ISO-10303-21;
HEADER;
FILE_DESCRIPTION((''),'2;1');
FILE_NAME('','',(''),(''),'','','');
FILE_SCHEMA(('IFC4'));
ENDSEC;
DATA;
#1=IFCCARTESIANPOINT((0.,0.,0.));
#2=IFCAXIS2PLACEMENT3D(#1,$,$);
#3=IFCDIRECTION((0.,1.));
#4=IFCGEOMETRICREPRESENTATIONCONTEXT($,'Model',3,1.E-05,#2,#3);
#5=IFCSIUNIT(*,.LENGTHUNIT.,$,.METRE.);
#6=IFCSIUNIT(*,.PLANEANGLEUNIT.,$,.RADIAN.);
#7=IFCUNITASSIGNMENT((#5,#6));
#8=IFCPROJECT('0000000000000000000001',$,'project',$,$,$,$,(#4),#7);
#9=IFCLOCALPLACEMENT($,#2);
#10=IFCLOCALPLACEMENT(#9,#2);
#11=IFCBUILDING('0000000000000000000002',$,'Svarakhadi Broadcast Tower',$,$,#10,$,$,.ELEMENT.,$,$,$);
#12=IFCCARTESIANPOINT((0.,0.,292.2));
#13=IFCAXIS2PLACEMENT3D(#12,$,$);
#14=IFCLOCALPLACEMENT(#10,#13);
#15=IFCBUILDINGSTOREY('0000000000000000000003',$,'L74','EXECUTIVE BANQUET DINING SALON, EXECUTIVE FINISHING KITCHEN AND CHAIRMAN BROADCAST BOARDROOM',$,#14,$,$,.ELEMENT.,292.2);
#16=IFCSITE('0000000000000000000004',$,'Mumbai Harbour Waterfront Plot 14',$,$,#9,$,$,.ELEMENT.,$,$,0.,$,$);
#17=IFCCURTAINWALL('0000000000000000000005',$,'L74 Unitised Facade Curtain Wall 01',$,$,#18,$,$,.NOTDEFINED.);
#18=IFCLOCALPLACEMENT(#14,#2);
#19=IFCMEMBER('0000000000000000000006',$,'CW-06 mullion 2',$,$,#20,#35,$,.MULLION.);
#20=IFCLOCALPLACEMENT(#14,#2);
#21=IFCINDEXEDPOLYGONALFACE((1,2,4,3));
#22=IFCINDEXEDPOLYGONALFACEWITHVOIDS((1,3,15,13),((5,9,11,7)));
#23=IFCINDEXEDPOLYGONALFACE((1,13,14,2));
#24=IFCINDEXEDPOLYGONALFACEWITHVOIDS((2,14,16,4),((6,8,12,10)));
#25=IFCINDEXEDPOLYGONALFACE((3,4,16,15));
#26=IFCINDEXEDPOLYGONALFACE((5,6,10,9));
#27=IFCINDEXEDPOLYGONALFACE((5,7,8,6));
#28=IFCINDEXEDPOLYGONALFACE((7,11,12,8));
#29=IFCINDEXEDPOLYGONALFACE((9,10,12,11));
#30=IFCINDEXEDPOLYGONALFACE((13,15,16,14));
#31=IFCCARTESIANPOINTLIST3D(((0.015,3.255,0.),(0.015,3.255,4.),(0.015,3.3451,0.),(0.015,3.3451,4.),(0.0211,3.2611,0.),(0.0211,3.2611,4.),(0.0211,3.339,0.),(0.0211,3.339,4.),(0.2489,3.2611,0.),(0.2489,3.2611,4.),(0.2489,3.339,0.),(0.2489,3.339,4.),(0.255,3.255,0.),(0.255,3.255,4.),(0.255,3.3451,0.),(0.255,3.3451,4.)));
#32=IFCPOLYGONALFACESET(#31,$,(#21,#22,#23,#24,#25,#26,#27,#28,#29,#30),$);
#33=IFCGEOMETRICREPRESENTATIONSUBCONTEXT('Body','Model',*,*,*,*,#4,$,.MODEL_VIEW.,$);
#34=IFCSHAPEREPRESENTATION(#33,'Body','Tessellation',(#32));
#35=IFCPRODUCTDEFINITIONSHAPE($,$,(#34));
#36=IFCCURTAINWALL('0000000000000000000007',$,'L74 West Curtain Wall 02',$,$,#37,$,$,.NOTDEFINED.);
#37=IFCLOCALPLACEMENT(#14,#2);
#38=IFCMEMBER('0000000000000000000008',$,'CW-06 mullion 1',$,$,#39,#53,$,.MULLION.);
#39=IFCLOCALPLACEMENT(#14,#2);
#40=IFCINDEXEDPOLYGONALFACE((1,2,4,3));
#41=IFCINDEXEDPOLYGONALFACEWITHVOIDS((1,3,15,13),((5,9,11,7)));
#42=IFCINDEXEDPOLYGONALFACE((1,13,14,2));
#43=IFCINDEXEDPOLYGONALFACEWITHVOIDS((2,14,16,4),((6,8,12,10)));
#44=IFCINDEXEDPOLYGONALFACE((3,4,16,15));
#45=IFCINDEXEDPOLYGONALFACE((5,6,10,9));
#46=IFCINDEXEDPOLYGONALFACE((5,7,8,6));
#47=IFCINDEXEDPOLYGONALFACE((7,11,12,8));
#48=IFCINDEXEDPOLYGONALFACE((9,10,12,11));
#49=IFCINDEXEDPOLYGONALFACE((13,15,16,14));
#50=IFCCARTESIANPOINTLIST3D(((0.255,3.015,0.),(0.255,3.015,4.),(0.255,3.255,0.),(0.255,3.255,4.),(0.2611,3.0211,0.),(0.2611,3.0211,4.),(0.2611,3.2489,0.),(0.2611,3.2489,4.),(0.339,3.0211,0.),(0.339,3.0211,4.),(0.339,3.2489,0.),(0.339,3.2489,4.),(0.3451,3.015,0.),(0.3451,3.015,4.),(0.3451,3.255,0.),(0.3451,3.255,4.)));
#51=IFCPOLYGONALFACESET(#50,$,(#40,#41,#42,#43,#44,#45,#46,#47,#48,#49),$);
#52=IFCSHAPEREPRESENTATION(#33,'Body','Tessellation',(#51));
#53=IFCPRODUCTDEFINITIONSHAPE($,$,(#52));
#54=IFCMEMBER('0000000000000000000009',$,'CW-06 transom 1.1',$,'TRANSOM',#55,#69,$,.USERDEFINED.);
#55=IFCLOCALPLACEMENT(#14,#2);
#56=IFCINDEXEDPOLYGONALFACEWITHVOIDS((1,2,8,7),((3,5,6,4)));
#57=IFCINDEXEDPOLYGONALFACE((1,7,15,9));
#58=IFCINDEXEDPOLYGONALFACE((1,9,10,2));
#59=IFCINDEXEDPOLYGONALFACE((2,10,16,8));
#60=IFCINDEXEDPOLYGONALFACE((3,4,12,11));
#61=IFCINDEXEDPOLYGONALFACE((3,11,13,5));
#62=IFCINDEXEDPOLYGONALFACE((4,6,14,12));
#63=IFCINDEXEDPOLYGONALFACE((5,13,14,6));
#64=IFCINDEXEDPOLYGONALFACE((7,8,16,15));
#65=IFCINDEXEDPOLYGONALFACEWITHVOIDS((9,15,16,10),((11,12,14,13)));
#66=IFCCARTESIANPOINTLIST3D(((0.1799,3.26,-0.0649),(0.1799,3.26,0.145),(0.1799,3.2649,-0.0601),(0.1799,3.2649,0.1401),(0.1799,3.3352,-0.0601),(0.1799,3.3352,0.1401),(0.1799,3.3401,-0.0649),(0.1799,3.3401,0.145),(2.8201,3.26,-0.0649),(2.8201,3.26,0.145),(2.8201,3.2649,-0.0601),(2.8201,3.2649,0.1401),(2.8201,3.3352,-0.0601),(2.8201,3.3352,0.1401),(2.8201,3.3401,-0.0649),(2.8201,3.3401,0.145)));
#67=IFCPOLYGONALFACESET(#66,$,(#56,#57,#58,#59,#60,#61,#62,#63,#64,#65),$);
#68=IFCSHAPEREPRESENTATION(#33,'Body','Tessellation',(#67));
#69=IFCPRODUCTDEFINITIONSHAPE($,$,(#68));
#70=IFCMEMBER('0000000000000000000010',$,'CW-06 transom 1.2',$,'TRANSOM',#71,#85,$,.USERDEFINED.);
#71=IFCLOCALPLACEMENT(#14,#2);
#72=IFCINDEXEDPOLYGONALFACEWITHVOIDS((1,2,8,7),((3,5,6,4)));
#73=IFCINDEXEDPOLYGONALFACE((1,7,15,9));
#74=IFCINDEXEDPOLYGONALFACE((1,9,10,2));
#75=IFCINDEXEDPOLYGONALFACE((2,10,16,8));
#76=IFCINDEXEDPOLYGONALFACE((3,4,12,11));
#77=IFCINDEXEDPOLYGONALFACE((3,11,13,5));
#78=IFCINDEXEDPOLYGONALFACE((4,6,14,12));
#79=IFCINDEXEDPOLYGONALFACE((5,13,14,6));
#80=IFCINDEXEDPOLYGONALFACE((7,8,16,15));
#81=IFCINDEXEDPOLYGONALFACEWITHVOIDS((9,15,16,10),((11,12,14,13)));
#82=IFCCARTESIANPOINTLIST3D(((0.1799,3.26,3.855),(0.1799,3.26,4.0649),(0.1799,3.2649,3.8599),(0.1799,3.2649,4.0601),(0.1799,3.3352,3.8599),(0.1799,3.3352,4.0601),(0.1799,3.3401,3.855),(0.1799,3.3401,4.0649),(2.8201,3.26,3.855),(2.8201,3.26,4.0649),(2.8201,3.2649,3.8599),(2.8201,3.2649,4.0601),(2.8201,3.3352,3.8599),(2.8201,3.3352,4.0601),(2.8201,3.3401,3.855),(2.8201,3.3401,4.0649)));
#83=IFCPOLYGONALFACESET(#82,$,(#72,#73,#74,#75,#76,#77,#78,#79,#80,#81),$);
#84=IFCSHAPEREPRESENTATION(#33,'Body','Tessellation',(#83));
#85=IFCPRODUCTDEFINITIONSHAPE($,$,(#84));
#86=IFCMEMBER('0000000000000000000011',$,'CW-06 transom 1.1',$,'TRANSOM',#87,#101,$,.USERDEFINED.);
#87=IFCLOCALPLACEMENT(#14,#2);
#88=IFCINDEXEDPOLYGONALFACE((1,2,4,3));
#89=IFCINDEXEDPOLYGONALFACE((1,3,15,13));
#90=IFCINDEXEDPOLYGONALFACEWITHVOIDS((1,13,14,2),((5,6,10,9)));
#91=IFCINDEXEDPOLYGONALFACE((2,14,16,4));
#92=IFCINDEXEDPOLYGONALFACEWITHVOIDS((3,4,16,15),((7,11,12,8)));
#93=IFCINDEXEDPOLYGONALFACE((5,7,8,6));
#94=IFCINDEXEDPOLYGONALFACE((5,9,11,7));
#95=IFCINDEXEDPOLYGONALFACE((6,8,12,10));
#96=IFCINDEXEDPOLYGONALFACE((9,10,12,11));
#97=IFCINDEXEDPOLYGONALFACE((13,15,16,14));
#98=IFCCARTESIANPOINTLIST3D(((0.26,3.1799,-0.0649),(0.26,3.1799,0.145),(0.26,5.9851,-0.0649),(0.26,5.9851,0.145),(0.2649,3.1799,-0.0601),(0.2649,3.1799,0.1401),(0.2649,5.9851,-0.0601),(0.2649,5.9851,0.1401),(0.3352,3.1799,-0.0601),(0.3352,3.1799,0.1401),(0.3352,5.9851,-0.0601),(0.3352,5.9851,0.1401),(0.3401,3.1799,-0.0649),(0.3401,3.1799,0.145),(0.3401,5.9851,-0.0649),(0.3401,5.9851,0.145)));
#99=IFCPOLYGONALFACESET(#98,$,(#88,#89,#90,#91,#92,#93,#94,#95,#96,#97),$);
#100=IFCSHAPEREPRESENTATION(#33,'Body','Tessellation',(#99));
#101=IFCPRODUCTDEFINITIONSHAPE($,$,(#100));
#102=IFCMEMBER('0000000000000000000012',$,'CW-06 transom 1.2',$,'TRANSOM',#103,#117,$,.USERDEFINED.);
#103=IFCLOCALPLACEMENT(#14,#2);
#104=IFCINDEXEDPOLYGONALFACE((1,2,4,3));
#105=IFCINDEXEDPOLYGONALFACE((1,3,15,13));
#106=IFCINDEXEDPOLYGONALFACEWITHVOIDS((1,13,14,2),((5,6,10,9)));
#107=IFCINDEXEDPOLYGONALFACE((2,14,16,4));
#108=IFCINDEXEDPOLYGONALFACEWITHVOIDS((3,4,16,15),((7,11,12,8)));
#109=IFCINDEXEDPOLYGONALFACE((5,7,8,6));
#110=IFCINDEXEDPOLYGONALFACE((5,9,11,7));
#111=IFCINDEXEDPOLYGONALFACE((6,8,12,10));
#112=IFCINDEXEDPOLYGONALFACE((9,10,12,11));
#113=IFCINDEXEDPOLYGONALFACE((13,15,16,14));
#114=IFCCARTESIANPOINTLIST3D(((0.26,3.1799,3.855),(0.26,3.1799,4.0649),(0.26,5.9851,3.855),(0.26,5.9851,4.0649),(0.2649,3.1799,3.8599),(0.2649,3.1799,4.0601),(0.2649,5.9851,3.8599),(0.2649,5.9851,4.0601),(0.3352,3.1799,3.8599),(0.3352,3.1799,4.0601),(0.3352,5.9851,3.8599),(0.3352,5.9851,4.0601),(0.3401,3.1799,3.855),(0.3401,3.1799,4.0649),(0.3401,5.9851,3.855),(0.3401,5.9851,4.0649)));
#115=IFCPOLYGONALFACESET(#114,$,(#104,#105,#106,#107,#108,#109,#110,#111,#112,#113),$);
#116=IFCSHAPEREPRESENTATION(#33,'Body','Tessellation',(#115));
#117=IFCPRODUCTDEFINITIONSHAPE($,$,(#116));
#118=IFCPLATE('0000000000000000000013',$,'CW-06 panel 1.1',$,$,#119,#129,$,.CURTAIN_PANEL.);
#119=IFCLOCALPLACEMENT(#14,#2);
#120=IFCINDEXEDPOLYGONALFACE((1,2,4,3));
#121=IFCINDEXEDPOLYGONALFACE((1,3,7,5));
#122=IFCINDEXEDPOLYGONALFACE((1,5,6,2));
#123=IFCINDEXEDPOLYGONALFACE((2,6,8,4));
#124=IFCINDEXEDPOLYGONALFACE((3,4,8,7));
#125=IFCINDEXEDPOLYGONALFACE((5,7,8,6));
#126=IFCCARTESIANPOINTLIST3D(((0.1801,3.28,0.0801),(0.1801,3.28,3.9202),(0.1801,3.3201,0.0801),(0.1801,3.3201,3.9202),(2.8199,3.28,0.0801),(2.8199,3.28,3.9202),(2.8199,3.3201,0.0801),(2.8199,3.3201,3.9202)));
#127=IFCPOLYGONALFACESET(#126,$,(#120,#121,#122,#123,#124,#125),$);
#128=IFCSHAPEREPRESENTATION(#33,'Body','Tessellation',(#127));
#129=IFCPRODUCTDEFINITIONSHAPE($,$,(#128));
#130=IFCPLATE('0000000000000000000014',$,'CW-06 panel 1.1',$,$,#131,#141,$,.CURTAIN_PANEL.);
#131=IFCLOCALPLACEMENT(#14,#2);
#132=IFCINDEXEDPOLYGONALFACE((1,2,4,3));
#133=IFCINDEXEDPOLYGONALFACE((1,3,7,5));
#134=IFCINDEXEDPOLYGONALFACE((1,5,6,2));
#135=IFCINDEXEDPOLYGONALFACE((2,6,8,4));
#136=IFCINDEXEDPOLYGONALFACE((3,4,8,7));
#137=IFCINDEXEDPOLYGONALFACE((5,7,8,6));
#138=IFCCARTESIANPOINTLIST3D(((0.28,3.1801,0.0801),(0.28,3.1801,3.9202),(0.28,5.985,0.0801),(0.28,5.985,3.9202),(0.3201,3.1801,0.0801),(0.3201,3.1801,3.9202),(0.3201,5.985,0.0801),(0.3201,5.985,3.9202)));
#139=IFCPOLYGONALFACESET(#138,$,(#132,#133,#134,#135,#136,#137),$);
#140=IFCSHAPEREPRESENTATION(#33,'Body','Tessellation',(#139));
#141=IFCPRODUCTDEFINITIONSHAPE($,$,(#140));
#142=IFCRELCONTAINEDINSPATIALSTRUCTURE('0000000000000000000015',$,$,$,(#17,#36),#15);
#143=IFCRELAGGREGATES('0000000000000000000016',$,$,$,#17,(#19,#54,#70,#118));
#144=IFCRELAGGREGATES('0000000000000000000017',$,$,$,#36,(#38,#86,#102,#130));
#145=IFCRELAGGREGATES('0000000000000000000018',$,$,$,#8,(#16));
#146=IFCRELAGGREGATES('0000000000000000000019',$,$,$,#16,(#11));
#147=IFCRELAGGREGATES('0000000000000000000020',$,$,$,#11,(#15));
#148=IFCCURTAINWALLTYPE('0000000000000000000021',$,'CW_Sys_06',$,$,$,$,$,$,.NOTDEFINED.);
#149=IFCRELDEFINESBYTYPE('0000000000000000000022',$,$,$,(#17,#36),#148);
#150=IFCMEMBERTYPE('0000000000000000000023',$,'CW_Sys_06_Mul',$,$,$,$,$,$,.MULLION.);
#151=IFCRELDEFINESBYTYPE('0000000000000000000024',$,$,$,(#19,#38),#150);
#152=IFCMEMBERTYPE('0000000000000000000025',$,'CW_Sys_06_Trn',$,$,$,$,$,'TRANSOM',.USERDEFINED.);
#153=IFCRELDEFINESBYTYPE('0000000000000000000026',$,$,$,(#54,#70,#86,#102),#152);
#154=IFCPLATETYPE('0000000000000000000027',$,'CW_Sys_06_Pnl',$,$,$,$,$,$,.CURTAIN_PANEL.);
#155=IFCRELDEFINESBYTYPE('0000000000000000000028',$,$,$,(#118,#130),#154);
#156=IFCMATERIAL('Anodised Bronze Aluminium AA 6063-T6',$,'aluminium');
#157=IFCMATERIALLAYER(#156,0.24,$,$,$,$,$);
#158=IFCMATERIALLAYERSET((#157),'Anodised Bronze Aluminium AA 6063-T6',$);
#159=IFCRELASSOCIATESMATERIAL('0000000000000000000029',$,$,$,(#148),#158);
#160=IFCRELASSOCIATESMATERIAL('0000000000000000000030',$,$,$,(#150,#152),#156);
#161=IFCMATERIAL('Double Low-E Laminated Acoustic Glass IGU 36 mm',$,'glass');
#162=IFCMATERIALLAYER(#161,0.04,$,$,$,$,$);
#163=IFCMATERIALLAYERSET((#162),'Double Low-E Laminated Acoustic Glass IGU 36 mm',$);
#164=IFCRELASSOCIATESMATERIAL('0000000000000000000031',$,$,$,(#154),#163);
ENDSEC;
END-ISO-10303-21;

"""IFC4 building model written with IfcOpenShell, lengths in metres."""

from ifc_helpers import new_model, si_unit, direction, frame, origin, origin_2d, place, context, subcontext, project, spatial, rectangle, hollow_rectangle, extrude, material, layer, layer_set, material_profile, profile_set, type_object, element, aggregate, save


model = new_model("IFC4")

# Units and contexts
model_context = context("Model", 3, precision=1e-05, world=origin(), true_north=direction((0.0, 1.0)))
body_context = subcontext(model_context, "Body", "Model", "MODEL_VIEW")
ifc_project = project(units=[si_unit("LENGTHUNIT", "METRE"), si_unit("PLANEANGLEUNIT", "RADIAN")], contexts=[model_context])

# Site, building, storey
site_placement = place(None, origin())
site = spatial("IfcSite", under=ifc_project, at=site_placement, Name="Mumbai Harbour Waterfront Plot 14", CompositionType="ELEMENT", RefElevation=0.0)
building_placement = place(site_placement, origin())
building = spatial("IfcBuilding", under=site, at=building_placement, Name="Svarakhadi Broadcast Tower", CompositionType="ELEMENT")
storey_placement = place(building_placement, frame((0.0, 0.0, 292.2)))
storey = spatial("IfcBuildingStorey", under=building, at=storey_placement, Name="L74", Description="EXECUTIVE BANQUET DINING SALON, EXECUTIVE FINISHING KITCHEN AND CHAIRMAN BROADCAST BOARDROOM", CompositionType="ELEMENT", Elevation=292.2)

# Curtain walls, members
ifc_material_1 = material(Name="Anodised Bronze Aluminium AA 6063-T6", Category="aluminium")
ifc_layer_1 = layer(ifc_material_1, 0.24)
ifc_layer_set_1 = layer_set([ifc_layer_1], Name="Anodised Bronze Aluminium AA 6063-T6")
curtain_wall_type = type_object("IfcCurtainWallType", Name="CW_Sys_06", PredefinedType="NOTDEFINED", material=ifc_layer_set_1)
curtain_wall_1_placement = place(storey_placement, origin())
curtain_wall_1 = element("IfcCurtainWall", 1, at=curtain_wall_1_placement, inside=storey, type_object=curtain_wall_type, Name="L74 Unitised Facade Curtain Wall 01", PredefinedType="NOTDEFINED")
ifc_material_profile_1 = material_profile(ifc_material_1, hollow_rectangle(XDim=0.0901, YDim=0.24, WallThickness=0.0061, at=origin_2d()), Name="ALU MULLION 240x90x6")
ifc_profile_set_1 = profile_set([ifc_material_profile_1], Name="Anodised Bronze Aluminium AA 6063-T6")
member_type_1 = type_object("IfcMemberType", Name="CW_Sys_06_Mul", PredefinedType="MULLION", material=ifc_profile_set_1)
member_1_placement = place(storey_placement, frame((0.135, 3.3, 0.0), z_axis=(0.0, 0.0, 1.0), x_axis=(0.0, -1.0, 0.0)))
member_1 = element("IfcMember", 2, at=member_1_placement, type_object=member_type_1, Name="CW-06 mullion 2", PredefinedType="MULLION", context=body_context, shape_type="SweptSolid", body=[
    extrude(hollow_rectangle(XDim=0.0901, YDim=0.24, WallThickness=0.0061, at=origin_2d()), origin(), (0.0, 0.0, 1.0), 4.0),
])
curtain_wall_2_placement = place(storey_placement, origin())
curtain_wall_2 = element("IfcCurtainWall", 3, at=curtain_wall_2_placement, inside=storey, type_object=curtain_wall_type, Name="L74 West Curtain Wall 02", PredefinedType="NOTDEFINED")
member_2_placement = place(storey_placement, frame((0.3, 3.135, 0.0), z_axis=(0.0, 0.0, 1.0), x_axis=(-1.0, 0.0, 0.0)))
member_2 = element("IfcMember", 4, at=member_2_placement, type_object=member_type_1, Name="CW-06 mullion 1", PredefinedType="MULLION", context=body_context, shape_type="SweptSolid", body=[
    extrude(hollow_rectangle(XDim=0.0901, YDim=0.24, WallThickness=0.0061, at=origin_2d()), origin(), (0.0, 0.0, 1.0), 4.0),
])

# Members
ifc_material_profile_2 = material_profile(ifc_material_1, hollow_rectangle(XDim=0.0801, YDim=0.21, WallThickness=0.0049, at=origin_2d()), Name="ALU TRANSOM 210x80x5")
ifc_profile_set_2 = profile_set([ifc_material_profile_2], Name="Anodised Bronze Aluminium AA 6063-T6")
member_type_2 = type_object("IfcMemberType", Name="CW_Sys_06_Trn", ElementType="TRANSOM", PredefinedType="USERDEFINED", material=ifc_profile_set_2)
member_3_placement = place(storey_placement, frame((2.8201, 3.3, 0.04), z_axis=(-1.0, 0.0, 0.0), x_axis=(0.0, -1.0, 0.0)))
member_3 = element("IfcMember", 5, at=member_3_placement, type_object=member_type_2, Name="CW-06 transom 1.1", ObjectType="TRANSOM", PredefinedType="USERDEFINED", context=body_context, shape_type="SweptSolid", body=[
    extrude(hollow_rectangle(XDim=0.0801, YDim=0.21, WallThickness=0.0049, at=origin_2d()), origin(), (0.0, 0.0, 1.0), 2.6401),
])
member_4_placement = place(storey_placement, frame((2.8201, 3.3, 3.96), z_axis=(-1.0, 0.0, 0.0), x_axis=(0.0, -1.0, 0.0)))
member_4 = element("IfcMember", 6, at=member_4_placement, type_object=member_type_2, Name="CW-06 transom 1.2", ObjectType="TRANSOM", PredefinedType="USERDEFINED", context=body_context, shape_type="SweptSolid", body=[
    extrude(hollow_rectangle(XDim=0.0801, YDim=0.21, WallThickness=0.0049, at=origin_2d()), origin(), (0.0, 0.0, 1.0), 2.6401),
])
member_5_placement = place(storey_placement, frame((0.3, 3.1799, 0.04), z_axis=(0.0, 1.0, 0.0), x_axis=(-1.0, 0.0, 0.0)))
member_5 = element("IfcMember", 7, at=member_5_placement, type_object=member_type_2, Name="CW-06 transom 1.1", ObjectType="TRANSOM", PredefinedType="USERDEFINED", context=body_context, shape_type="SweptSolid", body=[
    extrude(hollow_rectangle(XDim=0.0801, YDim=0.21, WallThickness=0.0049, at=origin_2d()), origin(), (0.0, 0.0, 1.0), 2.8052),
])
member_6_placement = place(storey_placement, frame((0.3, 3.1799, 3.96), z_axis=(0.0, 1.0, 0.0), x_axis=(-1.0, 0.0, 0.0)))
member_6 = element("IfcMember", 8, at=member_6_placement, type_object=member_type_2, Name="CW-06 transom 1.2", ObjectType="TRANSOM", PredefinedType="USERDEFINED", context=body_context, shape_type="SweptSolid", body=[
    extrude(hollow_rectangle(XDim=0.0801, YDim=0.21, WallThickness=0.0049, at=origin_2d()), origin(), (0.0, 0.0, 1.0), 2.8052),
])

# Plates
ifc_material_2 = material(Name="Double Low-E Laminated Acoustic Glass IGU 36 mm", Category="glass")
ifc_layer_2 = layer(ifc_material_2, 0.04)
ifc_layer_set_2 = layer_set([ifc_layer_2], Name="Double Low-E Laminated Acoustic Glass IGU 36 mm")
plate_type = type_object("IfcPlateType", Name="CW_Sys_06_Pnl", PredefinedType="CURTAIN_PANEL", material=ifc_layer_set_2)
plate_1_placement = place(storey_placement, frame((1.5, 3.3, 0.0801), z_axis=(0.0, 0.0, 1.0), x_axis=(-1.0, 0.0, 0.0)))
plate_1 = element("IfcPlate", 9, at=plate_1_placement, type_object=plate_type, Name="CW-06 panel 1.1", PredefinedType="CURTAIN_PANEL", context=body_context, shape_type="SweptSolid", body=[
    extrude(rectangle(XDim=2.6399, YDim=0.04, at=origin_2d()), origin(), (0.0, 0.0, 1.0), 3.8401),
])
aggregate(curtain_wall_1, [member_1, member_3, member_4, plate_1])
plate_2_placement = place(storey_placement, frame((0.3, 4.5825, 0.0801), z_axis=(0.0, 0.0, 1.0), x_axis=(0.0, 1.0, 0.0)))
plate_2 = element("IfcPlate", 10, at=plate_2_placement, type_object=plate_type, Name="CW-06 panel 1.1", PredefinedType="CURTAIN_PANEL", context=body_context, shape_type="SweptSolid", body=[
    extrude(rectangle(XDim=2.8049, YDim=0.04, at=origin_2d()), origin(), (0.0, 0.0, 1.0), 3.8401),
])
aggregate(curtain_wall_2, [member_2, member_5, member_6, plate_2])

save(model, "model.ifc")
